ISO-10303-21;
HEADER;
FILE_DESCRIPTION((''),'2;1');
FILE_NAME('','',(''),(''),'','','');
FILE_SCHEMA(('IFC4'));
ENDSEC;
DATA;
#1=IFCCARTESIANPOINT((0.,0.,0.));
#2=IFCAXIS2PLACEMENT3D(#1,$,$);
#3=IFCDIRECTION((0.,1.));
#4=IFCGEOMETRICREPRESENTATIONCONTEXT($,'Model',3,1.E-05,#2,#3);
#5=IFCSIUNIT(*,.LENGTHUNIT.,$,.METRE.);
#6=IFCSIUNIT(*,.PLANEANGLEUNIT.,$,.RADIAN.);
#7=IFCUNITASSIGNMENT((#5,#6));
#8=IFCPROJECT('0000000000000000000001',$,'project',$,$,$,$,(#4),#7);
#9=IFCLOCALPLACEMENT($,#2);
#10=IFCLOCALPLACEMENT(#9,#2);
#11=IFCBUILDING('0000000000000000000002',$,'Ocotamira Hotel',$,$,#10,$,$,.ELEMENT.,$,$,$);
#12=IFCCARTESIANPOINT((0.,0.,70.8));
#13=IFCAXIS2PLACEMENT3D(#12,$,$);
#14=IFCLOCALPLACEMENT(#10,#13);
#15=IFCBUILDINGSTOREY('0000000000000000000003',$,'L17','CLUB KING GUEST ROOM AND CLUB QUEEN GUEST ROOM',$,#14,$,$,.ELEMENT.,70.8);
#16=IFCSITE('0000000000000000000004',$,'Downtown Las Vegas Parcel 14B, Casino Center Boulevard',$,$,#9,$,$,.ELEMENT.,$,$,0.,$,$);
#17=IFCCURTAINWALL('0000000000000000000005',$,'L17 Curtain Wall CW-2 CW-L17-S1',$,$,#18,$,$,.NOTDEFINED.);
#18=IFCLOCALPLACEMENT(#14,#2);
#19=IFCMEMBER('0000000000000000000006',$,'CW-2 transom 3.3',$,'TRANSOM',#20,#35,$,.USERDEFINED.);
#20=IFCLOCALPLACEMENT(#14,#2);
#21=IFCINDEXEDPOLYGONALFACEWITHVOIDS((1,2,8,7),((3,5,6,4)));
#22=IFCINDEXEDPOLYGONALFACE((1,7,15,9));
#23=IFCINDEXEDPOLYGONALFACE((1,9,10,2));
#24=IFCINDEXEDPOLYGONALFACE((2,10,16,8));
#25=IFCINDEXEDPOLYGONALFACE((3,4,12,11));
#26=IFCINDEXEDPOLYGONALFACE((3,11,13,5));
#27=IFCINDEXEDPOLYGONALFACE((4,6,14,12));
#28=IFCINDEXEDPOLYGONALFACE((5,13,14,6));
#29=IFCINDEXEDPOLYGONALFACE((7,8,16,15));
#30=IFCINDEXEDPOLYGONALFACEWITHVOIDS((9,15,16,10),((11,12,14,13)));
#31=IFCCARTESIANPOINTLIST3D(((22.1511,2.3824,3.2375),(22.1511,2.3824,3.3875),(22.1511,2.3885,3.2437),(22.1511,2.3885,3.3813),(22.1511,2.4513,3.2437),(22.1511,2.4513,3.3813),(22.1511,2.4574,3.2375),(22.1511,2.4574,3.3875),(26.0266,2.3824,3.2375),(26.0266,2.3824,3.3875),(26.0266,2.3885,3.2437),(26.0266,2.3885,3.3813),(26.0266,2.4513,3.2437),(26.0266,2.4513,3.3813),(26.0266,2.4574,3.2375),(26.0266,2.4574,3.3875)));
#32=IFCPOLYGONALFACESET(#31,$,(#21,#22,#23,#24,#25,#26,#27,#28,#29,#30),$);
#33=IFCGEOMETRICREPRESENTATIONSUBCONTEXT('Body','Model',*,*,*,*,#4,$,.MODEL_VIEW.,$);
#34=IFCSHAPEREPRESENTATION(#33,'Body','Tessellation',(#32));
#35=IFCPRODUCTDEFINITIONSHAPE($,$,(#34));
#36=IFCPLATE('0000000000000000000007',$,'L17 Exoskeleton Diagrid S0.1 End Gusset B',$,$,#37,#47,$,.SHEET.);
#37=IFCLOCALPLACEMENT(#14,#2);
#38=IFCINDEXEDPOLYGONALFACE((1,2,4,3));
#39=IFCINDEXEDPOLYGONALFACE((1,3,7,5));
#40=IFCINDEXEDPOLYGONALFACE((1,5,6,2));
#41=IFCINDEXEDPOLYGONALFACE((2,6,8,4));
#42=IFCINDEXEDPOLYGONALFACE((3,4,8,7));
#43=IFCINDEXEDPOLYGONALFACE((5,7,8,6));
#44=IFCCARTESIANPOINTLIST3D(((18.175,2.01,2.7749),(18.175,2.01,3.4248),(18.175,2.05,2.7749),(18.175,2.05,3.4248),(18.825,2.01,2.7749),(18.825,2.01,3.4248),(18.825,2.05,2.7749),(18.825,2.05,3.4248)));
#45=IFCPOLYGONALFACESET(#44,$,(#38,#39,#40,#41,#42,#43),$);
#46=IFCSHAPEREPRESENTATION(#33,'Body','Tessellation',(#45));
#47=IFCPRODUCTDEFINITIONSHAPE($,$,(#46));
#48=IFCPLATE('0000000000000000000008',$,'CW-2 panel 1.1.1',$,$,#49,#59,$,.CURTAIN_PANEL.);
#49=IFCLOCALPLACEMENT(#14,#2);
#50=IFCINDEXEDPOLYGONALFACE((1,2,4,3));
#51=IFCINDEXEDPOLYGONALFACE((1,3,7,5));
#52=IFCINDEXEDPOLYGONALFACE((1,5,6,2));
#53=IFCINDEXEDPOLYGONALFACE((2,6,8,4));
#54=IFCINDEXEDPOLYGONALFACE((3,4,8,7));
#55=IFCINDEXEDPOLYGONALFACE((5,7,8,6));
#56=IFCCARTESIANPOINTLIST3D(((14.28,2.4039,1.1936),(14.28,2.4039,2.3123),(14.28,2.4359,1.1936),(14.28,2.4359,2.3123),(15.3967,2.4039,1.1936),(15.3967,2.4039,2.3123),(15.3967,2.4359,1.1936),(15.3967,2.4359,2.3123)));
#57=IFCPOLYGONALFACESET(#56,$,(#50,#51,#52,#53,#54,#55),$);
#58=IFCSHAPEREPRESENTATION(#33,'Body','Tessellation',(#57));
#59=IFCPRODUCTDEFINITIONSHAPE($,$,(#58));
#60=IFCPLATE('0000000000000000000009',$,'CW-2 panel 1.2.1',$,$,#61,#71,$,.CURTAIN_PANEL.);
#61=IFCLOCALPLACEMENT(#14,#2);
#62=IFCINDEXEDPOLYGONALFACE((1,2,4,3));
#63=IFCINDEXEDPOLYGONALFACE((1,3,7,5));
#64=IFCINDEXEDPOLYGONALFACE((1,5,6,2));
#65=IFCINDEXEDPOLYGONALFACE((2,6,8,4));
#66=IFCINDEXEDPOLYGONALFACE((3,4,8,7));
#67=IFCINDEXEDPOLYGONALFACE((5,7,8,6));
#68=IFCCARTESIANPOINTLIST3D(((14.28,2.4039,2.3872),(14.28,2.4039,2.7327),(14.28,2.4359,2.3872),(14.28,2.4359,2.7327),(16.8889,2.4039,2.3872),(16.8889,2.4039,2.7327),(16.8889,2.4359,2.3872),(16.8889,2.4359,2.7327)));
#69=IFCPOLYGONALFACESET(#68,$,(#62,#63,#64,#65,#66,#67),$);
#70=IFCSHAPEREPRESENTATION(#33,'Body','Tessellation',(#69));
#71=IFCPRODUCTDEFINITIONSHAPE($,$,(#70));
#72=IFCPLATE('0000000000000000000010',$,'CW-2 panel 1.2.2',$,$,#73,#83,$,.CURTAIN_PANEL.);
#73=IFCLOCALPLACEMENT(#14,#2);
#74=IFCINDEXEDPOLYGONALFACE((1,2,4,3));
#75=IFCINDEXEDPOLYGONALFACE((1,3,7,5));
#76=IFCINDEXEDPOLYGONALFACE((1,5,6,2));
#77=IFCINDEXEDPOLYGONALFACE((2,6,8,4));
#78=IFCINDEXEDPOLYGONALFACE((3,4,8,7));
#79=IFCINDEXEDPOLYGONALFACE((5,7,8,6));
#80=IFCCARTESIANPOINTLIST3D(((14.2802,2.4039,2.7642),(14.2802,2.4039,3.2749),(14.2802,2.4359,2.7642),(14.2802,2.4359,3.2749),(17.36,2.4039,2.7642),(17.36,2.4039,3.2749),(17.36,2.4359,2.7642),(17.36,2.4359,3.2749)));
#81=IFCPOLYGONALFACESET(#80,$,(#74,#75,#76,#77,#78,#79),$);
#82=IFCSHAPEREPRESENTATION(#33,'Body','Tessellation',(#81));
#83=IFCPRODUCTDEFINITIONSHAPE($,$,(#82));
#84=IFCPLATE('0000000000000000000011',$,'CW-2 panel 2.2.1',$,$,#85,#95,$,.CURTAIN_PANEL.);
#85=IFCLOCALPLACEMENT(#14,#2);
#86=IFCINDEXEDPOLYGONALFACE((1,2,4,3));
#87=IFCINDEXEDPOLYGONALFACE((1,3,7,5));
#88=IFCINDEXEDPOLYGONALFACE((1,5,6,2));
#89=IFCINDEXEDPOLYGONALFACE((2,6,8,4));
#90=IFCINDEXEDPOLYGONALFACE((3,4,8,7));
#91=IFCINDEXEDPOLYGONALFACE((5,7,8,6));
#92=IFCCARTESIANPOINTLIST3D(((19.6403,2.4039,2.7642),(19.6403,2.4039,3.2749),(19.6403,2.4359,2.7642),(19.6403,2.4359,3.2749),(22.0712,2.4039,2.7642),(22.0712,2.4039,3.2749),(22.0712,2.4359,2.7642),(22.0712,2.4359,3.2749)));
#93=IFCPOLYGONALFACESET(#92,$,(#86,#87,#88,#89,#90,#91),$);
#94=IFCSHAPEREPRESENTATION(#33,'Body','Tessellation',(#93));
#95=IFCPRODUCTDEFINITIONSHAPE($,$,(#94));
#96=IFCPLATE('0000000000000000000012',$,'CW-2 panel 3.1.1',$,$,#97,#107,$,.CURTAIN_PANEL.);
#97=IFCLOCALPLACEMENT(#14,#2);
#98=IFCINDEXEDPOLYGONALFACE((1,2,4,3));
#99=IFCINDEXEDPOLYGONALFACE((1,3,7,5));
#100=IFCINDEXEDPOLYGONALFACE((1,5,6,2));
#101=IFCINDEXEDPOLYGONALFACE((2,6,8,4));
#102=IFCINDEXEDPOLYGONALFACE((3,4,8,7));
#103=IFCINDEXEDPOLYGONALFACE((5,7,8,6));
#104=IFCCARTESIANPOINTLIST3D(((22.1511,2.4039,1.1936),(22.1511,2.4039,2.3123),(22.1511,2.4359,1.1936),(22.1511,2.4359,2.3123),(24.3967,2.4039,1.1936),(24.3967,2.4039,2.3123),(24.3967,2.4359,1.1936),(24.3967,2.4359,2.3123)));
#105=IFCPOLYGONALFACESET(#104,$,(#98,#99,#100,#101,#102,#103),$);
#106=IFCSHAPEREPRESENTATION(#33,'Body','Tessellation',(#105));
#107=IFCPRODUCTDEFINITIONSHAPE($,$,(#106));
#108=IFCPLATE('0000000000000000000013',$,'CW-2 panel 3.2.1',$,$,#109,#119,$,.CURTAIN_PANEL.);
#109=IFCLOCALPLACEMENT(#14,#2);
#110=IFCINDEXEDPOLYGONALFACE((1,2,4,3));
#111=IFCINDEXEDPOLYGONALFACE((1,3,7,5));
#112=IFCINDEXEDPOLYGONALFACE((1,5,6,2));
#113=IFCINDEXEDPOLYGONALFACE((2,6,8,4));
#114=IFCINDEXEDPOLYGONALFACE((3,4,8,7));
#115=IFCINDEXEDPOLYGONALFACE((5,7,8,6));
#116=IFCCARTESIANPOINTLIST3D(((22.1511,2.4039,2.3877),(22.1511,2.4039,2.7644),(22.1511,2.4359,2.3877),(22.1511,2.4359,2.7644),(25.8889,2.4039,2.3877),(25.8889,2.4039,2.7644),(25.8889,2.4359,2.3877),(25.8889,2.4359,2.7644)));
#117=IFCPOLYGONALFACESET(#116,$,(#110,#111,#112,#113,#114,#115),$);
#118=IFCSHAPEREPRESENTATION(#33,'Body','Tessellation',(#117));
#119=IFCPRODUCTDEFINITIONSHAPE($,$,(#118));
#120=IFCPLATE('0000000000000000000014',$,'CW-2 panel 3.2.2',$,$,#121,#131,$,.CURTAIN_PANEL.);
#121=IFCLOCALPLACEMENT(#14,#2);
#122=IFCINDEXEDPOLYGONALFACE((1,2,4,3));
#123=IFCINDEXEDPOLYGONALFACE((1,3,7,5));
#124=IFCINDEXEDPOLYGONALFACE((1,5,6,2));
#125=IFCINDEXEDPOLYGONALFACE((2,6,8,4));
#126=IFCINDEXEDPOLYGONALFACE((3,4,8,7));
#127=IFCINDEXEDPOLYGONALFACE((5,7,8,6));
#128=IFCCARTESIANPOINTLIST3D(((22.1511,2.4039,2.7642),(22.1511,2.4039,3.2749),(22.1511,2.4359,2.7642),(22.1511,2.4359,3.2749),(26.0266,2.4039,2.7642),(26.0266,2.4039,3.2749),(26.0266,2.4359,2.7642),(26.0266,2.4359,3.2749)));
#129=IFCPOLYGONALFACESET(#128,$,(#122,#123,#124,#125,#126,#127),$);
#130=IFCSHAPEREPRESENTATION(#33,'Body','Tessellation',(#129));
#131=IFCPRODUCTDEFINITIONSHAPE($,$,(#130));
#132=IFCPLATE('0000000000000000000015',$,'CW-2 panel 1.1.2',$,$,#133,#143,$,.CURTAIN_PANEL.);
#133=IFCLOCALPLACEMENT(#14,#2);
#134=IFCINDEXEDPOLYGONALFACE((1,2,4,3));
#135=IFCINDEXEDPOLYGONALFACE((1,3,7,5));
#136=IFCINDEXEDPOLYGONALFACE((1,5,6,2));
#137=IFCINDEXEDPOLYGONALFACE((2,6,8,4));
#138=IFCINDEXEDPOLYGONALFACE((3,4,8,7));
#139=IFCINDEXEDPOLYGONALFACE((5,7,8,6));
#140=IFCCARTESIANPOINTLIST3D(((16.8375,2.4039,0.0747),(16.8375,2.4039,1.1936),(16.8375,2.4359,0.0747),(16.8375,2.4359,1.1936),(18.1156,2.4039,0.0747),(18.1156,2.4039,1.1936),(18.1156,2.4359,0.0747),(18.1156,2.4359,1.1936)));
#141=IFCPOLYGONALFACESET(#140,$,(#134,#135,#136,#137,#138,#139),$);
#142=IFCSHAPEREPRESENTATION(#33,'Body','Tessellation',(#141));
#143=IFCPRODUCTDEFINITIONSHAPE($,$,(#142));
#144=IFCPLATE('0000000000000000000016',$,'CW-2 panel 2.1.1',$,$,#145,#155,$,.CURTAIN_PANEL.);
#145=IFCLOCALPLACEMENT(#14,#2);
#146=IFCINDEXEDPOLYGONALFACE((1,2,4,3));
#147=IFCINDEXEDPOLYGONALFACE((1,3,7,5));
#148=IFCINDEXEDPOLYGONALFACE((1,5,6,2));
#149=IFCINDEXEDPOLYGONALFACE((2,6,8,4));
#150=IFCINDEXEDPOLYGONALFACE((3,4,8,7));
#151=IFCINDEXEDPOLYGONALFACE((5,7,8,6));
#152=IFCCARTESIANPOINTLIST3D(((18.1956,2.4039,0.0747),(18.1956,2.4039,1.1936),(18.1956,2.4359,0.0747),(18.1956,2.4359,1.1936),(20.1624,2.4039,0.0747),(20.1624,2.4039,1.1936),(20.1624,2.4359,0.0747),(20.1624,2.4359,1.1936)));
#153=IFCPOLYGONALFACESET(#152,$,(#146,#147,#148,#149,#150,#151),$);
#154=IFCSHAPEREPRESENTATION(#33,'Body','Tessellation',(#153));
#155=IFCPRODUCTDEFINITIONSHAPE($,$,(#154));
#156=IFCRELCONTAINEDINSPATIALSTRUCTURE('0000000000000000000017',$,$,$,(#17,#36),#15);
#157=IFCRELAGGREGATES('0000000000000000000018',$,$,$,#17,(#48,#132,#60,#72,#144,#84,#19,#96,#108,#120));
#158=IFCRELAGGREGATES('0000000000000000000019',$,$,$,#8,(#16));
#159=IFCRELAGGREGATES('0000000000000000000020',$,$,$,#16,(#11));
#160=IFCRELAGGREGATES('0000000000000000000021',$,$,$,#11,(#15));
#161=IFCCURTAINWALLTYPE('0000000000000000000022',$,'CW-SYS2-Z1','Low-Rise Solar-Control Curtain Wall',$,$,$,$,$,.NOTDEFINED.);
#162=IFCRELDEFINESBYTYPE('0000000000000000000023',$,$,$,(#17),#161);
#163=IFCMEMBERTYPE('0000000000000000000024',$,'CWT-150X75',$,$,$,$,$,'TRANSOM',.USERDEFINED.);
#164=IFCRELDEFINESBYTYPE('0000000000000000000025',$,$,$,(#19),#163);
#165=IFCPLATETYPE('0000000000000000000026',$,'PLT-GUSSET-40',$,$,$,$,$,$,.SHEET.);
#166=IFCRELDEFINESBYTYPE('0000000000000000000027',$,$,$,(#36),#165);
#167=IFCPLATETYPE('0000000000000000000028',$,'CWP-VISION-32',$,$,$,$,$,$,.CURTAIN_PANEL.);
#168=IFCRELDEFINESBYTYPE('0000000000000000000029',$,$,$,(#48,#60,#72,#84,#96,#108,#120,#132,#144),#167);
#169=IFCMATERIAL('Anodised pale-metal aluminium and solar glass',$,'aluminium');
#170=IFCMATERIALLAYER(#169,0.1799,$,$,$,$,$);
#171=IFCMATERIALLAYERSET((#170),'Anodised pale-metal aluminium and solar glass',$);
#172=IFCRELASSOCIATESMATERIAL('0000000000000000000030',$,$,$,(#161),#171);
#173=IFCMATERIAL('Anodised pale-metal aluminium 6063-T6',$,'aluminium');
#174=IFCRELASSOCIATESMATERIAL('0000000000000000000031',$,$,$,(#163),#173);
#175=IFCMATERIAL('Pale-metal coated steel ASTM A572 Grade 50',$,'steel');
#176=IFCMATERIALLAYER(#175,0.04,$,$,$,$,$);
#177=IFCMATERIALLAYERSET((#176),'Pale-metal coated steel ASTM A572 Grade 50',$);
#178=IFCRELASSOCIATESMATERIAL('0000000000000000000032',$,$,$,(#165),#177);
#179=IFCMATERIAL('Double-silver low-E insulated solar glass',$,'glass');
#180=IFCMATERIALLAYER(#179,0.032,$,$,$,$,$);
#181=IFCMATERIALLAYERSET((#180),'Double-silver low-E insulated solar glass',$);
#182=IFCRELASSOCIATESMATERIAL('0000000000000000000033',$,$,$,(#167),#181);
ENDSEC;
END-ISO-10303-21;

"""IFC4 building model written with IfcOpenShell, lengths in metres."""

from ifc_helpers import new_model, si_unit, direction, frame, origin, origin_2d, place, context, subcontext, project, spatial, rectangle, hollow_rectangle, extrude, source, transform, mapped, material, layer, layer_set, material_profile, profile_set, type_object, element, aggregate, save


model = new_model("IFC4")

# Units and contexts
model_context = context("Model", 3, precision=1e-05, world=origin(), true_north=direction((0.0, 1.0)))
body_context = subcontext(model_context, "Body", "Model", "MODEL_VIEW")
ifc_project = project(units=[si_unit("LENGTHUNIT", "METRE"), si_unit("PLANEANGLEUNIT", "RADIAN")], contexts=[model_context])

# Site, building, storey
site_placement = place(None, origin())
site = spatial("IfcSite", under=ifc_project, at=site_placement, Name="Downtown Las Vegas Parcel 14B, Casino Center Boulevard", CompositionType="ELEMENT", RefElevation=0.0)
building_placement = place(site_placement, origin())
building = spatial("IfcBuilding", under=site, at=building_placement, Name="Ocotamira Hotel", CompositionType="ELEMENT")
storey_placement = place(building_placement, frame((0.0, 0.0, 70.8)))
storey = spatial("IfcBuildingStorey", under=building, at=storey_placement, Name="L17", Description="CLUB KING GUEST ROOM AND CLUB QUEEN GUEST ROOM", CompositionType="ELEMENT", Elevation=70.8)

# Curtain wall, member
ifc_material_1 = material(Name="Anodised pale-metal aluminium and solar glass", Category="aluminium")
ifc_layer_1 = layer(ifc_material_1, 0.1799)
ifc_layer_set_1 = layer_set([ifc_layer_1], Name="Anodised pale-metal aluminium and solar glass")
curtain_wall_type = type_object("IfcCurtainWallType", Name="CW-SYS2-Z1", Description="Low-Rise Solar-Control Curtain Wall", PredefinedType="NOTDEFINED", material=ifc_layer_set_1)
curtain_wall_placement = place(storey_placement, origin())
curtain_wall = element("IfcCurtainWall", 1, at=curtain_wall_placement, inside=storey, type_object=curtain_wall_type, Name="L17 Curtain Wall CW-2 CW-L17-S1", PredefinedType="NOTDEFINED")
ifc_material_2 = material(Name="Anodised pale-metal aluminium 6063-T6", Category="aluminium")
ifc_material_profile_1 = material_profile(ifc_material_2, hollow_rectangle(XDim=0.075, YDim=0.1499, WallThickness=0.0061, at=origin_2d()), Name="HSS150X75X6")
ifc_profile_set_1 = profile_set([ifc_material_profile_1], Name="Anodised pale-metal aluminium 6063-T6")
member_type_1 = type_object("IfcMemberType", Name="CWT-150X75", ElementType="TRANSOM", PredefinedType="USERDEFINED", material=ifc_profile_set_1)
shared_shape_1 = source(origin(), body_context, "Body", "SweptSolid", [
    extrude(hollow_rectangle(XDim=0.075, YDim=0.1499, WallThickness=0.0061, at=origin_2d()), origin(), (0.0, 0.0, 1.0), 3.8755),
])
member_1_placement = place(storey_placement, frame((22.1511, 2.4199, 3.3125), z_axis=(1.0, 0.0, 0.0), x_axis=(0.0, 1.0, 0.0)))
member_1 = element("IfcMember", 2, at=member_1_placement, type_object=member_type_1, Name="CW-2 transom 3.3", ObjectType="TRANSOM", PredefinedType="USERDEFINED", context=body_context, shape_type="MappedRepresentation", body=[
    mapped(shared_shape_1, transform((0.0, 0.0, 0.0), scale=1.0)),
])

# Plates
ifc_material_3 = material(Name="Pale-metal coated steel ASTM A572 Grade 50", Category="steel")
ifc_layer_2 = layer(ifc_material_3, 0.04)
ifc_layer_set_2 = layer_set([ifc_layer_2], Name="Pale-metal coated steel ASTM A572 Grade 50")
plate_type_1 = type_object("IfcPlateType", Name="PLT-GUSSET-40", PredefinedType="SHEET", material=ifc_layer_set_2)
shared_shape_2 = source(origin(), body_context, "Body", "SweptSolid", [
    extrude(rectangle(XDim=0.6499, YDim=0.04, at=origin_2d()), origin(), (0.0, 0.0, 1.0), 0.6499),
])
plate_1_placement = place(storey_placement, frame((18.5, 2.03, 2.7749), z_axis=(0.0, 0.0, 1.0), x_axis=(1.0, 0.0, 0.0)))
element("IfcPlate", 3, at=plate_1_placement, inside=storey, type_object=plate_type_1, Name="L17 Exoskeleton Diagrid S0.1 End Gusset B", PredefinedType="SHEET", context=body_context, shape_type="MappedRepresentation", body=[
    mapped(shared_shape_2, transform((0.0, 0.0, 0.0), scale=1.0)),
])
ifc_material_4 = material(Name="Double-silver low-E insulated solar glass", Category="glass")
ifc_layer_3 = layer(ifc_material_4, 0.032)
ifc_layer_set_3 = layer_set([ifc_layer_3], Name="Double-silver low-E insulated solar glass")
plate_type_2 = type_object("IfcPlateType", Name="CWP-VISION-32", PredefinedType="CURTAIN_PANEL", material=ifc_layer_set_3)
shared_shape_3 = source(origin(), body_context, "Body", "SweptSolid", [
    extrude(rectangle(XDim=1.1167, YDim=0.032, at=origin_2d()), origin(), (0.0, 0.0, 1.0), 1.1187),
])
plate_2_placement = place(storey_placement, frame((14.8384, 2.4199, 1.1936), z_axis=(0.0, 0.0, 1.0), x_axis=(1.0, 0.0, 0.0)))
plate_2 = element("IfcPlate", 4, at=plate_2_placement, type_object=plate_type_2, Name="CW-2 panel 1.1.1", PredefinedType="CURTAIN_PANEL", context=body_context, shape_type="MappedRepresentation", body=[
    mapped(shared_shape_3, transform((0.0, 0.0, 0.0), scale=1.0)),
])
shared_shape_4 = source(origin(), body_context, "Body", "SweptSolid", [
    extrude(rectangle(XDim=2.6089, YDim=0.032, at=origin_2d()), origin(), (0.0, 0.0, 1.0), 0.3455),
])
plate_3_placement = place(storey_placement, frame((15.5845, 2.4199, 2.3872), z_axis=(0.0, 0.0, 1.0), x_axis=(1.0, 0.0, 0.0)))
plate_3 = element("IfcPlate", 5, at=plate_3_placement, type_object=plate_type_2, Name="CW-2 panel 1.2.1", PredefinedType="CURTAIN_PANEL", context=body_context, shape_type="MappedRepresentation", body=[
    mapped(shared_shape_4, transform((0.0, 0.0, 0.0), scale=1.0)),
])
shared_shape_5 = source(origin(), body_context, "Body", "SweptSolid", [
    extrude(rectangle(XDim=3.0798, YDim=0.032, at=origin_2d()), origin(), (0.0, 0.0, 1.0), 0.5107),
])
plate_4_placement = place(storey_placement, frame((15.8201, 2.4199, 2.7642), z_axis=(0.0, 0.0, 1.0), x_axis=(1.0, 0.0, 0.0)))
plate_4 = element("IfcPlate", 6, at=plate_4_placement, type_object=plate_type_2, Name="CW-2 panel 1.2.2", PredefinedType="CURTAIN_PANEL", context=body_context, shape_type="MappedRepresentation", body=[
    mapped(shared_shape_5, transform((0.0, 0.0, 0.0), scale=1.0)),
])
shared_shape_6 = source(origin(), body_context, "Body", "SweptSolid", [
    extrude(rectangle(XDim=2.4309, YDim=0.032, at=origin_2d()), origin(), (0.0, 0.0, 1.0), 0.5107),
])
plate_5_placement = place(storey_placement, frame((20.8557, 2.4199, 2.7642), z_axis=(0.0, 0.0, 1.0), x_axis=(1.0, 0.0, 0.0)))
plate_5 = element("IfcPlate", 7, at=plate_5_placement, type_object=plate_type_2, Name="CW-2 panel 2.2.1", PredefinedType="CURTAIN_PANEL", context=body_context, shape_type="MappedRepresentation", body=[
    mapped(shared_shape_6, transform((0.0, 0.0, 0.0), scale=1.0)),
])
shared_shape_7 = source(origin(), body_context, "Body", "SweptSolid", [
    extrude(rectangle(XDim=2.2456, YDim=0.032, at=origin_2d()), origin(), (0.0, 0.0, 1.0), 1.1187),
])
plate_6_placement = place(storey_placement, frame((23.2739, 2.4199, 1.1936), z_axis=(0.0, 0.0, 1.0), x_axis=(1.0, 0.0, 0.0)))
plate_6 = element("IfcPlate", 8, at=plate_6_placement, type_object=plate_type_2, Name="CW-2 panel 3.1.1", PredefinedType="CURTAIN_PANEL", context=body_context, shape_type="MappedRepresentation", body=[
    mapped(shared_shape_7, transform((0.0, 0.0, 0.0), scale=1.0)),
])
shared_shape_8 = source(origin(), body_context, "Body", "SweptSolid", [
    extrude(rectangle(XDim=3.7378, YDim=0.032, at=origin_2d()), origin(), (0.0, 0.0, 1.0), 0.3767),
])
plate_7_placement = place(storey_placement, frame((24.02, 2.4199, 2.3877), z_axis=(0.0, 0.0, 1.0), x_axis=(1.0, 0.0, 0.0)))
plate_7 = element("IfcPlate", 9, at=plate_7_placement, type_object=plate_type_2, Name="CW-2 panel 3.2.1", PredefinedType="CURTAIN_PANEL", context=body_context, shape_type="MappedRepresentation", body=[
    mapped(shared_shape_8, transform((0.0, 0.0, 0.0), scale=1.0)),
])
shared_shape_9 = source(origin(), body_context, "Body", "SweptSolid", [
    extrude(rectangle(XDim=3.8755, YDim=0.032, at=origin_2d()), origin(), (0.0, 0.0, 1.0), 0.5107),
])
plate_8_placement = place(storey_placement, frame((24.0889, 2.4199, 2.7642), z_axis=(0.0, 0.0, 1.0), x_axis=(1.0, 0.0, 0.0)))
plate_8 = element("IfcPlate", 10, at=plate_8_placement, type_object=plate_type_2, Name="CW-2 panel 3.2.2", PredefinedType="CURTAIN_PANEL", context=body_context, shape_type="MappedRepresentation", body=[
    mapped(shared_shape_9, transform((0.0, 0.0, 0.0), scale=1.0)),
])
shared_shape_10 = source(origin(), body_context, "Body", "SweptSolid", [
    extrude(rectangle(XDim=1.2781, YDim=0.032, at=origin_2d()), origin(), (0.0, 0.0, 1.0), 1.1189),
])
plate_9_placement = place(storey_placement, frame((17.4766, 2.4199, 0.0747), z_axis=(0.0, 0.0, 1.0), x_axis=(1.0, 0.0, 0.0)))
plate_9 = element("IfcPlate", 11, at=plate_9_placement, type_object=plate_type_2, Name="CW-2 panel 1.1.2", PredefinedType="CURTAIN_PANEL", context=body_context, shape_type="MappedRepresentation", body=[
    mapped(shared_shape_10, transform((0.0, 0.0, 0.0), scale=1.0)),
])
shared_shape_11 = source(origin(), body_context, "Body", "SweptSolid", [
    extrude(rectangle(XDim=1.9668, YDim=0.032, at=origin_2d()), origin(), (0.0, 0.0, 1.0), 1.1189),
])
plate_10_placement = place(storey_placement, frame((19.179, 2.4199, 0.0747), z_axis=(0.0, 0.0, 1.0), x_axis=(1.0, 0.0, 0.0)))
plate_10 = element("IfcPlate", 12, at=plate_10_placement, type_object=plate_type_2, Name="CW-2 panel 2.1.1", PredefinedType="CURTAIN_PANEL", context=body_context, shape_type="MappedRepresentation", body=[
    mapped(shared_shape_11, transform((0.0, 0.0, 0.0), scale=1.0)),
])
aggregate(curtain_wall, [plate_2, plate_9, plate_3, plate_4, plate_10, plate_5, member_1, plate_6, plate_7, plate_8])

save(model, "model.ifc")
